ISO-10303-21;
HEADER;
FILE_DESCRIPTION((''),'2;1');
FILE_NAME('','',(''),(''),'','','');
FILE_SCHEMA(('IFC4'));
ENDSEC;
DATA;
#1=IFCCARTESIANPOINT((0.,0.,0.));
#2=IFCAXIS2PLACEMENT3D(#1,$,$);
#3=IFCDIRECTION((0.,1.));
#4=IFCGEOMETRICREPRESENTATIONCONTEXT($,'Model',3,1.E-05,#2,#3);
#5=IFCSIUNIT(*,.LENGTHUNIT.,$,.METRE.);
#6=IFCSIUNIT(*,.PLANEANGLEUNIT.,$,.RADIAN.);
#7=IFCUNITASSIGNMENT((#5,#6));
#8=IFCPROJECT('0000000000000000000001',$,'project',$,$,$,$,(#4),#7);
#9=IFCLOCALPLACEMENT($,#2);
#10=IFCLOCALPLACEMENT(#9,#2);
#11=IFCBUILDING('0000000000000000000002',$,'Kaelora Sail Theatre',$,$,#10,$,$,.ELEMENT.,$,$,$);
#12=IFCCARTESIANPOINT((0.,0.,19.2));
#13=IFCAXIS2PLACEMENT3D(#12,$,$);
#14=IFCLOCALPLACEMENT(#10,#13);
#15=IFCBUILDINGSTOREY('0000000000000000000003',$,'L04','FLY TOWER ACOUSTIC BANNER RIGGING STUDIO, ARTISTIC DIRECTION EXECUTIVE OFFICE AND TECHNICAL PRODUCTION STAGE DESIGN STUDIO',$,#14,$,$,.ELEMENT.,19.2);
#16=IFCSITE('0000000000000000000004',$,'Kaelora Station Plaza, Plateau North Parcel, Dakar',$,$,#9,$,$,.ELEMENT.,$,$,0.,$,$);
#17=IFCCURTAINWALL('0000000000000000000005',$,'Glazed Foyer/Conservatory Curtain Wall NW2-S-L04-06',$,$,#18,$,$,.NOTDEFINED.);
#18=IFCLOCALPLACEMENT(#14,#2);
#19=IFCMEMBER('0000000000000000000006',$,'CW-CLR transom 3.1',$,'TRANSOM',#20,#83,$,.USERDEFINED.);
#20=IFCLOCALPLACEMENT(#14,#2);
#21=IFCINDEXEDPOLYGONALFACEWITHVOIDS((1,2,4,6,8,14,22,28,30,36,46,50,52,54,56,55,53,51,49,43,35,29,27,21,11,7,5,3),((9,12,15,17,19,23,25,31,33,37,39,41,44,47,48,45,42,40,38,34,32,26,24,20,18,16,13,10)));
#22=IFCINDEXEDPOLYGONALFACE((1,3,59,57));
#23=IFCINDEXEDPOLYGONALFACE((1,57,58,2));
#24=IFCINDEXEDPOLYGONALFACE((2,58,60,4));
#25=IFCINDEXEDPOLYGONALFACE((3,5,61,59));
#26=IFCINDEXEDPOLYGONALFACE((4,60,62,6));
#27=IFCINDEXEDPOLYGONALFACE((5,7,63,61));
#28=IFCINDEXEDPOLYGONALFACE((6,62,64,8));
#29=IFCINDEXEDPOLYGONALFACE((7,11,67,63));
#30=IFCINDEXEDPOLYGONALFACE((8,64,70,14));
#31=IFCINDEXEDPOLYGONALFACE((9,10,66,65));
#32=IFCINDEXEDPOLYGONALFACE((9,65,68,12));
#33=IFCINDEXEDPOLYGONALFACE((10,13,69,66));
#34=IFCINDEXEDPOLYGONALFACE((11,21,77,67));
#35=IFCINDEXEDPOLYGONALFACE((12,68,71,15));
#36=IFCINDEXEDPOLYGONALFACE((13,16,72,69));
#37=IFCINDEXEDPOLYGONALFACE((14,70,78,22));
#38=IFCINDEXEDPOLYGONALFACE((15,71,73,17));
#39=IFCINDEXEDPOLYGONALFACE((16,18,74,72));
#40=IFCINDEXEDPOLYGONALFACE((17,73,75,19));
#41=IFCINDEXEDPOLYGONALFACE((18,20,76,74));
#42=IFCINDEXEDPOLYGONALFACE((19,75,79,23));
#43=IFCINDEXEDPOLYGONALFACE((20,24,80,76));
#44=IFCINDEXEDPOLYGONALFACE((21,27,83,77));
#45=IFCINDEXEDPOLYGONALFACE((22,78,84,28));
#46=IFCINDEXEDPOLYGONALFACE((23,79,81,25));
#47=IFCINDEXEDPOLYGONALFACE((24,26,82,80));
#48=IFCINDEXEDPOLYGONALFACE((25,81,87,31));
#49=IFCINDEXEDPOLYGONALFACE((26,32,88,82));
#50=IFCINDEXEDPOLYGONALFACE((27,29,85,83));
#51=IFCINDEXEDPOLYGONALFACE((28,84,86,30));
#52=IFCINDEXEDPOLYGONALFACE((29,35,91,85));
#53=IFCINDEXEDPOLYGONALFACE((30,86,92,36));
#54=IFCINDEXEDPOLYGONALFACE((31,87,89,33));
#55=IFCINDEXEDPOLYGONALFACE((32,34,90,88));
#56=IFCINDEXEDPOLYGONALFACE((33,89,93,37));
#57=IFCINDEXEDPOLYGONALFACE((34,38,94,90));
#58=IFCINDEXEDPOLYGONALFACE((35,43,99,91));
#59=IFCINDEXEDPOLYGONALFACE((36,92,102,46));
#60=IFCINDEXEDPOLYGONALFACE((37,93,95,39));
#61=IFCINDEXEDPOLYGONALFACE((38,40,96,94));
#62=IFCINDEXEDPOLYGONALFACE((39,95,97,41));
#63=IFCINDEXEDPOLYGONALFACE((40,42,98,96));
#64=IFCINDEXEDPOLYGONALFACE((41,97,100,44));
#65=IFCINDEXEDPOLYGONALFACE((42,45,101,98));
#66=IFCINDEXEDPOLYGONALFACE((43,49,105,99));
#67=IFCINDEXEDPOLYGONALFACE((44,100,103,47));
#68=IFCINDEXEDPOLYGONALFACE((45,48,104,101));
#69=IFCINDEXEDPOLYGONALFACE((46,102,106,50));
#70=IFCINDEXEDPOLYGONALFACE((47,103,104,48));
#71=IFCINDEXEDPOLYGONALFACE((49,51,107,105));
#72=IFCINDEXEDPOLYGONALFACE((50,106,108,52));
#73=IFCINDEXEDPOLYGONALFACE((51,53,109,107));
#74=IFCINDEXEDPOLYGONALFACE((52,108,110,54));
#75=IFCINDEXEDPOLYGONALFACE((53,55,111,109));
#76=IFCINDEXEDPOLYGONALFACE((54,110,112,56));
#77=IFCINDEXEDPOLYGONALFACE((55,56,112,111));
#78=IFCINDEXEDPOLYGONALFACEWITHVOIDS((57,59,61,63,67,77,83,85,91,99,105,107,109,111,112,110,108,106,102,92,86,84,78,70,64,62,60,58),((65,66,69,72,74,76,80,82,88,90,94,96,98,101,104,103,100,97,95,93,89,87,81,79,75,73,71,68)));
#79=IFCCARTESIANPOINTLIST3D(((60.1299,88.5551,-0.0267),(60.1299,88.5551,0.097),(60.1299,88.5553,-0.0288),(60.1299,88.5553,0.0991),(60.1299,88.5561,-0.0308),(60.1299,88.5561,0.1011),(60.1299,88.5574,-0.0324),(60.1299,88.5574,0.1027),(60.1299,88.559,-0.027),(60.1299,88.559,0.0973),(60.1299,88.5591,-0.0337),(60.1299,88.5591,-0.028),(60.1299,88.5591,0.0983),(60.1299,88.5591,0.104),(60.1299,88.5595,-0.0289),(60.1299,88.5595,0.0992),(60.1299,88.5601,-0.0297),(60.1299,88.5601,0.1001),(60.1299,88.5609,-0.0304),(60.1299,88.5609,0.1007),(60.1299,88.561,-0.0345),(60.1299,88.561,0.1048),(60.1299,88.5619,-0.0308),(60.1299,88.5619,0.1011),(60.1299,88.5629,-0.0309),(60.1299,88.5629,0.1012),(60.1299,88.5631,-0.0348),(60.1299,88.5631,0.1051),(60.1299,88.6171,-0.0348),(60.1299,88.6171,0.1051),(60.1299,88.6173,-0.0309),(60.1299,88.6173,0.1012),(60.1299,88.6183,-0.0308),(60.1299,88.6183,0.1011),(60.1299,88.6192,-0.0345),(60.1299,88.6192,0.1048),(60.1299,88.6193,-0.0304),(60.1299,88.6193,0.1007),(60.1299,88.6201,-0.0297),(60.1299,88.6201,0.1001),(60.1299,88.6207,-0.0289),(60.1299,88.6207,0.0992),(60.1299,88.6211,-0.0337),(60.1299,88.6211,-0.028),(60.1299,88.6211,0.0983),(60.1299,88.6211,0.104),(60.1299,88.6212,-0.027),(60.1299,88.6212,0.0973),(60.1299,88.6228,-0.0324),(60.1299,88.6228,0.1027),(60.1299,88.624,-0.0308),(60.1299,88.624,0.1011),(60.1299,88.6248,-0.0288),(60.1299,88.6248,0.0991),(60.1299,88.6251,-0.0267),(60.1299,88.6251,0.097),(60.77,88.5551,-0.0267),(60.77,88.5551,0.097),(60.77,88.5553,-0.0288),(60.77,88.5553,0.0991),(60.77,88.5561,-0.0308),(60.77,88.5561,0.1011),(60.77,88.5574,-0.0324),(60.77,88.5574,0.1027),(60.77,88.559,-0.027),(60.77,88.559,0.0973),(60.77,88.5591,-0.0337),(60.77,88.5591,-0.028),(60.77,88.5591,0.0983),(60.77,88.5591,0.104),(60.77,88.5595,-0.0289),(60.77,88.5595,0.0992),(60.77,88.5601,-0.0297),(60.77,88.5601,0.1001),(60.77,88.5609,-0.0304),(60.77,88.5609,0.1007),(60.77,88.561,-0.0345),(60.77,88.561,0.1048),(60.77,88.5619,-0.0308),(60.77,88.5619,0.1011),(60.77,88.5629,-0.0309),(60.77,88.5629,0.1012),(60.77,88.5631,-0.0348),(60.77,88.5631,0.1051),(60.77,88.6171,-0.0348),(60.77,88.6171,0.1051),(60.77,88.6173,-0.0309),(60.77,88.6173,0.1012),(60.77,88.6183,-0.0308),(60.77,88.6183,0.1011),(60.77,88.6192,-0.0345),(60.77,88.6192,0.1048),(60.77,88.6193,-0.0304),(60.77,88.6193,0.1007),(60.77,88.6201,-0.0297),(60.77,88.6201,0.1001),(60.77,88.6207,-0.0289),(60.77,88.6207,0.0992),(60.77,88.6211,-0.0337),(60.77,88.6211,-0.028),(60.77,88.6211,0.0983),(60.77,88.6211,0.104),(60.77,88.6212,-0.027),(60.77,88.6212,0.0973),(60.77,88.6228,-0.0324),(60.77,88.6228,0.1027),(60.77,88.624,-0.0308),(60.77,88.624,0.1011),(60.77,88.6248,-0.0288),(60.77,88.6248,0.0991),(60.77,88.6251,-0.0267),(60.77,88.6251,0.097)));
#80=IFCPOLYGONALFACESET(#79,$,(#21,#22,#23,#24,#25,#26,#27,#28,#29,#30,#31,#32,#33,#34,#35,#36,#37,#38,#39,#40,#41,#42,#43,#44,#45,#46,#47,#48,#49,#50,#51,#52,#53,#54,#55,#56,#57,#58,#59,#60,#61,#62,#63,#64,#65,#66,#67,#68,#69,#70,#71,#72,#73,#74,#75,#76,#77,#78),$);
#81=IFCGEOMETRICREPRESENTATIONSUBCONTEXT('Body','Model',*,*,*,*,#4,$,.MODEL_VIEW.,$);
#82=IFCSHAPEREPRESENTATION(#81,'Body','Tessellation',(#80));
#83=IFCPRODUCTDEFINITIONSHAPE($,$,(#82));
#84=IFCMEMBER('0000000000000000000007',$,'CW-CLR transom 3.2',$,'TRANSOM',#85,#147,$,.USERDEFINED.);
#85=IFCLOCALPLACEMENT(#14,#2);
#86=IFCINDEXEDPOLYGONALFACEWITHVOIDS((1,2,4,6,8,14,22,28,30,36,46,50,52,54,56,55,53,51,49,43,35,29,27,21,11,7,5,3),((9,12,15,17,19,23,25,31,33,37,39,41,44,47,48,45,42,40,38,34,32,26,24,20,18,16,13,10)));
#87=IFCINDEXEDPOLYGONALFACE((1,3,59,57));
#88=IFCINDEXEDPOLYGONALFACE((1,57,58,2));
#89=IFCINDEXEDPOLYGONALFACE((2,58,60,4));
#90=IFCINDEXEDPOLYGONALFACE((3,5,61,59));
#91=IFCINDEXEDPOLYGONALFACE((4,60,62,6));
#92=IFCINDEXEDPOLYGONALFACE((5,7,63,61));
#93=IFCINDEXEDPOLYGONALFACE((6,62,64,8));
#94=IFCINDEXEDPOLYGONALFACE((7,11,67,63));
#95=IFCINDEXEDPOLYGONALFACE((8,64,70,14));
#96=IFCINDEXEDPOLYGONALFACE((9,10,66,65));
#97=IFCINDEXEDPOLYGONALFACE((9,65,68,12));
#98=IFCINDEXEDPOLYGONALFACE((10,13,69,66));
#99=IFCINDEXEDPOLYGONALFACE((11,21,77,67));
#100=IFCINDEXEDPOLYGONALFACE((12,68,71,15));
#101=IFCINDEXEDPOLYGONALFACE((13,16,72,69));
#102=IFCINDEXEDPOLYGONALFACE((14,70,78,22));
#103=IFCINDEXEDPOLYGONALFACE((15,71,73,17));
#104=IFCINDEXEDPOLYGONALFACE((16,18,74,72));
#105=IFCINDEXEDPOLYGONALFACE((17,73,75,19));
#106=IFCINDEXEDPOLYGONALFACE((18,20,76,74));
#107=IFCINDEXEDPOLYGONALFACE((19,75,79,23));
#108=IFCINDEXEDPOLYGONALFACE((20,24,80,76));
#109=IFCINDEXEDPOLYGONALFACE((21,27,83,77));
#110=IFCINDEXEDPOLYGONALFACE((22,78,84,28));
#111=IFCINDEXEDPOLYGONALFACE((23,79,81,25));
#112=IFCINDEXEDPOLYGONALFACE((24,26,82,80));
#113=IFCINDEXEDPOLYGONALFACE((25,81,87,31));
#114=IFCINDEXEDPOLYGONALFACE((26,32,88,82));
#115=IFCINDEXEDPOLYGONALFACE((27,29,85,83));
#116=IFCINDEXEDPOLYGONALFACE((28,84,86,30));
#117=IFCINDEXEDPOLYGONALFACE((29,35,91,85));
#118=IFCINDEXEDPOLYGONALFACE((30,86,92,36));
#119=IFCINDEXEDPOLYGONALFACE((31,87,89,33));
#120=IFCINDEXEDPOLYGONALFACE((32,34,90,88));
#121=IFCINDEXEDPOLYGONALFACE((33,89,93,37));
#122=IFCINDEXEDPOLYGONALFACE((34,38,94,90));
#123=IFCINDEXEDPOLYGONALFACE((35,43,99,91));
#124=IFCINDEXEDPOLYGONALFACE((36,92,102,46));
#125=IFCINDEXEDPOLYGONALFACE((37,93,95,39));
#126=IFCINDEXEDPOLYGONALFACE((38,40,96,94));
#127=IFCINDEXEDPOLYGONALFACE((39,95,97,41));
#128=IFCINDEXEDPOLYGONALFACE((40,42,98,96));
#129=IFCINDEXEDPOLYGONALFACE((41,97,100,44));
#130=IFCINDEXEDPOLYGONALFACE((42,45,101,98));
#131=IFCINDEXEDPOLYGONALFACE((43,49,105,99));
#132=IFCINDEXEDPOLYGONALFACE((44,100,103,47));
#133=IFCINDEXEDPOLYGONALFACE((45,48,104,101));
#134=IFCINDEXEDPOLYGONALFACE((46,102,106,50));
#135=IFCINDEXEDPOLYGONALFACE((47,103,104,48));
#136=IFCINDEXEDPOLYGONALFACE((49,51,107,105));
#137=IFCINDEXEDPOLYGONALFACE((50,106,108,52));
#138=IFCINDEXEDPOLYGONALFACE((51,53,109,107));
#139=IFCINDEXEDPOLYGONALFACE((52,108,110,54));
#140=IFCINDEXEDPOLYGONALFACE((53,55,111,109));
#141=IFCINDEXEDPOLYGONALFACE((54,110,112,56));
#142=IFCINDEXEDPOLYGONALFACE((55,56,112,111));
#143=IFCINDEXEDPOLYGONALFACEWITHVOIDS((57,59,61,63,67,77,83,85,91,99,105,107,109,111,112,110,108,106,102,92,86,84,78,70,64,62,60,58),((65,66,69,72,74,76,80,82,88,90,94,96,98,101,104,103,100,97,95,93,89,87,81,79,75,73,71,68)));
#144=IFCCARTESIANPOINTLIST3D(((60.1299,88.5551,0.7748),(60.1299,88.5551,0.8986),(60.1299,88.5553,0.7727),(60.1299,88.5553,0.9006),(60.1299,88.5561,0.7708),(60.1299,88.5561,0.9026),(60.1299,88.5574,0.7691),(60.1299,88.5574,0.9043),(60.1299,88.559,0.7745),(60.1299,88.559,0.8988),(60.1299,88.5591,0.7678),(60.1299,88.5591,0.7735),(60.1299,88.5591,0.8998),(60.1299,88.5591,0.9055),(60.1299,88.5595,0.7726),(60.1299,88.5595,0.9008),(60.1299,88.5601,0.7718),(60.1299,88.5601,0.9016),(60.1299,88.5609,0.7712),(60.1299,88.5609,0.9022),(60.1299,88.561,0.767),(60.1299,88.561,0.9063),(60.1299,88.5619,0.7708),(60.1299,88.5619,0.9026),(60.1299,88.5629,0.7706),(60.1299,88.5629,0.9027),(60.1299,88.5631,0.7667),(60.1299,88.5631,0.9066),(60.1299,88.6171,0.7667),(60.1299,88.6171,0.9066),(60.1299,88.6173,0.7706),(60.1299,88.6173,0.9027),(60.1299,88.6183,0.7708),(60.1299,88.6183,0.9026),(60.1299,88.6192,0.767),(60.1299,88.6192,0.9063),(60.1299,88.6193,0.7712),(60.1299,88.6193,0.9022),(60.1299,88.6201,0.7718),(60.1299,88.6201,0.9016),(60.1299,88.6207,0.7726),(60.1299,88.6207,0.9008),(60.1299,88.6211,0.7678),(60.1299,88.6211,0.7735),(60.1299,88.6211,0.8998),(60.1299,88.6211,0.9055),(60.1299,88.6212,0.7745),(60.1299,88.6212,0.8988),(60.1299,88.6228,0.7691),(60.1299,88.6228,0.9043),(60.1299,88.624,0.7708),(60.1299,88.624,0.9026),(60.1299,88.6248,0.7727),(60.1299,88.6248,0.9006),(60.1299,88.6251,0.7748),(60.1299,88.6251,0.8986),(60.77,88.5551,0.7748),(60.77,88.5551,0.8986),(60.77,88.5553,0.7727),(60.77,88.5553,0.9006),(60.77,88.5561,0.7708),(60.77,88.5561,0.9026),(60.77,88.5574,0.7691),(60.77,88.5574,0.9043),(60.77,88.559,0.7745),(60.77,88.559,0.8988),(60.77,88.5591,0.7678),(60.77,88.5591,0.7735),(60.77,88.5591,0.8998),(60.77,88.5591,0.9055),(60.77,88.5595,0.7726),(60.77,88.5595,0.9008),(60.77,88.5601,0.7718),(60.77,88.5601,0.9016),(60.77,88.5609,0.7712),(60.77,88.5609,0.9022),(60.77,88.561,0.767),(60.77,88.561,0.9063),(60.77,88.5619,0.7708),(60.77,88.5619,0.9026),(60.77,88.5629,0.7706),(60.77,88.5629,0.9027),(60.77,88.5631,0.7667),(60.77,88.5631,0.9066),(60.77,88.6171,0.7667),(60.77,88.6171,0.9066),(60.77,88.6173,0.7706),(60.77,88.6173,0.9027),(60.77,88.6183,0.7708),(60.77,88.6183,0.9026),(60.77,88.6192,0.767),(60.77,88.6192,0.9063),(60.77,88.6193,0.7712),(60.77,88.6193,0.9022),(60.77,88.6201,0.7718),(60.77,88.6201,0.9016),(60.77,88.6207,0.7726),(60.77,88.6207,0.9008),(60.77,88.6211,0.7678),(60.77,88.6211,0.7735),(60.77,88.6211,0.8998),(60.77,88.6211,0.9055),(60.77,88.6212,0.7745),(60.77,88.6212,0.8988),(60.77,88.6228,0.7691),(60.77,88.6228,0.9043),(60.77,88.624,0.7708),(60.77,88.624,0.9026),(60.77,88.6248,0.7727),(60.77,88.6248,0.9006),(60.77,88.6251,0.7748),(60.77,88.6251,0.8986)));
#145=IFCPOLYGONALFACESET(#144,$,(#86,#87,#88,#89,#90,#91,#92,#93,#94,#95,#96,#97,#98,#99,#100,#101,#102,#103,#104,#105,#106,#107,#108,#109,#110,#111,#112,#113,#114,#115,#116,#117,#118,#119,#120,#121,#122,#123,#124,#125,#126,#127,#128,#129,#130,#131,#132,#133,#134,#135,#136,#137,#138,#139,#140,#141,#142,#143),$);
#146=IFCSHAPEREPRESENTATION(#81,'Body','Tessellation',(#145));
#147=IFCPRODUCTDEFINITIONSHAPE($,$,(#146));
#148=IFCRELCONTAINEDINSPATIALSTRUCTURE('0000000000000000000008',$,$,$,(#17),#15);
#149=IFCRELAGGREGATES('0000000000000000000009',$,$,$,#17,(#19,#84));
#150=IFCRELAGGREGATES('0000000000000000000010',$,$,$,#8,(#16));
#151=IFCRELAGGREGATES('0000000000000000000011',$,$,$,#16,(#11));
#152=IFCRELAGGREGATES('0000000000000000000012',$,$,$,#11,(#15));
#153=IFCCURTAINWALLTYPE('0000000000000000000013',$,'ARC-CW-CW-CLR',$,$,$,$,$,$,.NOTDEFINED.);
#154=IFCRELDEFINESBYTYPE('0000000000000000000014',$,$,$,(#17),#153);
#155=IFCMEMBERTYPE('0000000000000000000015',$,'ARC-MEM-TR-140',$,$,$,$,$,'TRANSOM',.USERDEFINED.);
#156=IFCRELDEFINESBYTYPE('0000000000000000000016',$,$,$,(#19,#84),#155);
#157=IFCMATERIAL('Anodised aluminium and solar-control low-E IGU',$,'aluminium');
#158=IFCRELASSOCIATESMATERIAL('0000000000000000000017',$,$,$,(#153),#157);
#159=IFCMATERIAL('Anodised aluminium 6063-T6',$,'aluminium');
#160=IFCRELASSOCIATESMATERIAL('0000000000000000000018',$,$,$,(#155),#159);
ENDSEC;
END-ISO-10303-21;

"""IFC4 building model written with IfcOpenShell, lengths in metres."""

from ifc_helpers import new_model, si_unit, direction, frame, origin, origin_2d, place, context, subcontext, project, spatial, hollow_rectangle, extrude, material, material_profile, profile_set, type_object, element, aggregate, save


model = new_model("IFC4")

# Units and contexts
model_context = context("Model", 3, precision=1e-05, world=origin(), true_north=direction((0.0, 1.0)))
body_context = subcontext(model_context, "Body", "Model", "MODEL_VIEW")
ifc_project = project(units=[si_unit("LENGTHUNIT", "METRE"), si_unit("PLANEANGLEUNIT", "RADIAN")], contexts=[model_context])

# Site, building, storey
site_placement = place(None, origin())
site = spatial("IfcSite", under=ifc_project, at=site_placement, Name="Kaelora Station Plaza, Plateau North Parcel, Dakar", CompositionType="ELEMENT", RefElevation=0.0)
building_placement = place(site_placement, origin())
building = spatial("IfcBuilding", under=site, at=building_placement, Name="Kaelora Sail Theatre", CompositionType="ELEMENT")
storey_placement = place(building_placement, frame((0.0, 0.0, 19.2)))
storey = spatial("IfcBuildingStorey", under=building, at=storey_placement, Name="L04", Description="FLY TOWER ACOUSTIC BANNER RIGGING STUDIO, ARTISTIC DIRECTION EXECUTIVE OFFICE AND TECHNICAL PRODUCTION STAGE DESIGN STUDIO", CompositionType="ELEMENT", Elevation=19.2)

# Curtain wall, members
ifc_material_1 = material(Name="Anodised aluminium and solar-control low-E IGU", Category="aluminium")
curtain_wall_type = type_object("IfcCurtainWallType", Name="ARC-CW-CW-CLR", PredefinedType="NOTDEFINED", material=ifc_material_1)
curtain_wall_placement = place(storey_placement, origin())
curtain_wall = element("IfcCurtainWall", 1, at=curtain_wall_placement, inside=storey, type_object=curtain_wall_type, Name="Glazed Foyer/Conservatory Curtain Wall NW2-S-L04-06", PredefinedType="NOTDEFINED")
ifc_material_2 = material(Name="Anodised aluminium 6063-T6", Category="aluminium")
ifc_material_profile_1 = material_profile(ifc_material_2, hollow_rectangle(XDim=0.0701, YDim=0.1399, WallThickness=0.0039, InnerFilletRadius=0.0039, OuterFilletRadius=0.0081, at=origin_2d()), Name="ALU-TRAN 70x140x4")
ifc_profile_set_1 = profile_set([ifc_material_profile_1], Name="Anodised aluminium 6063-T6")
member_type_1 = type_object("IfcMemberType", Name="ARC-MEM-TR-140", ElementType="TRANSOM", PredefinedType="USERDEFINED", material=ifc_profile_set_1)
member_1_placement = place(storey_placement, frame((60.1299, 88.5901, 0.0352), z_axis=(1.0, 0.0, 0.0), x_axis=(0.0, 1.0, 0.0)))
member_1 = element("IfcMember", 2, at=member_1_placement, type_object=member_type_1, Name="CW-CLR transom 3.1", ObjectType="TRANSOM", PredefinedType="USERDEFINED", context=body_context, shape_type="SweptSolid", body=[
    extrude(hollow_rectangle(XDim=0.0701, YDim=0.1399, WallThickness=0.0039, InnerFilletRadius=0.0039, OuterFilletRadius=0.0081, at=origin_2d()), origin(), (0.0, 0.0, 1.0), 0.6401),
])
member_2_placement = place(storey_placement, frame((60.1299, 88.5901, 0.8367), z_axis=(1.0, 0.0, 0.0), x_axis=(0.0, 1.0, 0.0)))
member_2 = element("IfcMember", 3, at=member_2_placement, type_object=member_type_1, Name="CW-CLR transom 3.2", ObjectType="TRANSOM", PredefinedType="USERDEFINED", context=body_context, shape_type="SweptSolid", body=[
    extrude(hollow_rectangle(XDim=0.0701, YDim=0.1399, WallThickness=0.0039, InnerFilletRadius=0.0039, OuterFilletRadius=0.0081, at=origin_2d()), origin(), (0.0, 0.0, 1.0), 0.6401),
])

aggregate(curtain_wall, [member_1, member_2])

save(model, "model.ifc")
